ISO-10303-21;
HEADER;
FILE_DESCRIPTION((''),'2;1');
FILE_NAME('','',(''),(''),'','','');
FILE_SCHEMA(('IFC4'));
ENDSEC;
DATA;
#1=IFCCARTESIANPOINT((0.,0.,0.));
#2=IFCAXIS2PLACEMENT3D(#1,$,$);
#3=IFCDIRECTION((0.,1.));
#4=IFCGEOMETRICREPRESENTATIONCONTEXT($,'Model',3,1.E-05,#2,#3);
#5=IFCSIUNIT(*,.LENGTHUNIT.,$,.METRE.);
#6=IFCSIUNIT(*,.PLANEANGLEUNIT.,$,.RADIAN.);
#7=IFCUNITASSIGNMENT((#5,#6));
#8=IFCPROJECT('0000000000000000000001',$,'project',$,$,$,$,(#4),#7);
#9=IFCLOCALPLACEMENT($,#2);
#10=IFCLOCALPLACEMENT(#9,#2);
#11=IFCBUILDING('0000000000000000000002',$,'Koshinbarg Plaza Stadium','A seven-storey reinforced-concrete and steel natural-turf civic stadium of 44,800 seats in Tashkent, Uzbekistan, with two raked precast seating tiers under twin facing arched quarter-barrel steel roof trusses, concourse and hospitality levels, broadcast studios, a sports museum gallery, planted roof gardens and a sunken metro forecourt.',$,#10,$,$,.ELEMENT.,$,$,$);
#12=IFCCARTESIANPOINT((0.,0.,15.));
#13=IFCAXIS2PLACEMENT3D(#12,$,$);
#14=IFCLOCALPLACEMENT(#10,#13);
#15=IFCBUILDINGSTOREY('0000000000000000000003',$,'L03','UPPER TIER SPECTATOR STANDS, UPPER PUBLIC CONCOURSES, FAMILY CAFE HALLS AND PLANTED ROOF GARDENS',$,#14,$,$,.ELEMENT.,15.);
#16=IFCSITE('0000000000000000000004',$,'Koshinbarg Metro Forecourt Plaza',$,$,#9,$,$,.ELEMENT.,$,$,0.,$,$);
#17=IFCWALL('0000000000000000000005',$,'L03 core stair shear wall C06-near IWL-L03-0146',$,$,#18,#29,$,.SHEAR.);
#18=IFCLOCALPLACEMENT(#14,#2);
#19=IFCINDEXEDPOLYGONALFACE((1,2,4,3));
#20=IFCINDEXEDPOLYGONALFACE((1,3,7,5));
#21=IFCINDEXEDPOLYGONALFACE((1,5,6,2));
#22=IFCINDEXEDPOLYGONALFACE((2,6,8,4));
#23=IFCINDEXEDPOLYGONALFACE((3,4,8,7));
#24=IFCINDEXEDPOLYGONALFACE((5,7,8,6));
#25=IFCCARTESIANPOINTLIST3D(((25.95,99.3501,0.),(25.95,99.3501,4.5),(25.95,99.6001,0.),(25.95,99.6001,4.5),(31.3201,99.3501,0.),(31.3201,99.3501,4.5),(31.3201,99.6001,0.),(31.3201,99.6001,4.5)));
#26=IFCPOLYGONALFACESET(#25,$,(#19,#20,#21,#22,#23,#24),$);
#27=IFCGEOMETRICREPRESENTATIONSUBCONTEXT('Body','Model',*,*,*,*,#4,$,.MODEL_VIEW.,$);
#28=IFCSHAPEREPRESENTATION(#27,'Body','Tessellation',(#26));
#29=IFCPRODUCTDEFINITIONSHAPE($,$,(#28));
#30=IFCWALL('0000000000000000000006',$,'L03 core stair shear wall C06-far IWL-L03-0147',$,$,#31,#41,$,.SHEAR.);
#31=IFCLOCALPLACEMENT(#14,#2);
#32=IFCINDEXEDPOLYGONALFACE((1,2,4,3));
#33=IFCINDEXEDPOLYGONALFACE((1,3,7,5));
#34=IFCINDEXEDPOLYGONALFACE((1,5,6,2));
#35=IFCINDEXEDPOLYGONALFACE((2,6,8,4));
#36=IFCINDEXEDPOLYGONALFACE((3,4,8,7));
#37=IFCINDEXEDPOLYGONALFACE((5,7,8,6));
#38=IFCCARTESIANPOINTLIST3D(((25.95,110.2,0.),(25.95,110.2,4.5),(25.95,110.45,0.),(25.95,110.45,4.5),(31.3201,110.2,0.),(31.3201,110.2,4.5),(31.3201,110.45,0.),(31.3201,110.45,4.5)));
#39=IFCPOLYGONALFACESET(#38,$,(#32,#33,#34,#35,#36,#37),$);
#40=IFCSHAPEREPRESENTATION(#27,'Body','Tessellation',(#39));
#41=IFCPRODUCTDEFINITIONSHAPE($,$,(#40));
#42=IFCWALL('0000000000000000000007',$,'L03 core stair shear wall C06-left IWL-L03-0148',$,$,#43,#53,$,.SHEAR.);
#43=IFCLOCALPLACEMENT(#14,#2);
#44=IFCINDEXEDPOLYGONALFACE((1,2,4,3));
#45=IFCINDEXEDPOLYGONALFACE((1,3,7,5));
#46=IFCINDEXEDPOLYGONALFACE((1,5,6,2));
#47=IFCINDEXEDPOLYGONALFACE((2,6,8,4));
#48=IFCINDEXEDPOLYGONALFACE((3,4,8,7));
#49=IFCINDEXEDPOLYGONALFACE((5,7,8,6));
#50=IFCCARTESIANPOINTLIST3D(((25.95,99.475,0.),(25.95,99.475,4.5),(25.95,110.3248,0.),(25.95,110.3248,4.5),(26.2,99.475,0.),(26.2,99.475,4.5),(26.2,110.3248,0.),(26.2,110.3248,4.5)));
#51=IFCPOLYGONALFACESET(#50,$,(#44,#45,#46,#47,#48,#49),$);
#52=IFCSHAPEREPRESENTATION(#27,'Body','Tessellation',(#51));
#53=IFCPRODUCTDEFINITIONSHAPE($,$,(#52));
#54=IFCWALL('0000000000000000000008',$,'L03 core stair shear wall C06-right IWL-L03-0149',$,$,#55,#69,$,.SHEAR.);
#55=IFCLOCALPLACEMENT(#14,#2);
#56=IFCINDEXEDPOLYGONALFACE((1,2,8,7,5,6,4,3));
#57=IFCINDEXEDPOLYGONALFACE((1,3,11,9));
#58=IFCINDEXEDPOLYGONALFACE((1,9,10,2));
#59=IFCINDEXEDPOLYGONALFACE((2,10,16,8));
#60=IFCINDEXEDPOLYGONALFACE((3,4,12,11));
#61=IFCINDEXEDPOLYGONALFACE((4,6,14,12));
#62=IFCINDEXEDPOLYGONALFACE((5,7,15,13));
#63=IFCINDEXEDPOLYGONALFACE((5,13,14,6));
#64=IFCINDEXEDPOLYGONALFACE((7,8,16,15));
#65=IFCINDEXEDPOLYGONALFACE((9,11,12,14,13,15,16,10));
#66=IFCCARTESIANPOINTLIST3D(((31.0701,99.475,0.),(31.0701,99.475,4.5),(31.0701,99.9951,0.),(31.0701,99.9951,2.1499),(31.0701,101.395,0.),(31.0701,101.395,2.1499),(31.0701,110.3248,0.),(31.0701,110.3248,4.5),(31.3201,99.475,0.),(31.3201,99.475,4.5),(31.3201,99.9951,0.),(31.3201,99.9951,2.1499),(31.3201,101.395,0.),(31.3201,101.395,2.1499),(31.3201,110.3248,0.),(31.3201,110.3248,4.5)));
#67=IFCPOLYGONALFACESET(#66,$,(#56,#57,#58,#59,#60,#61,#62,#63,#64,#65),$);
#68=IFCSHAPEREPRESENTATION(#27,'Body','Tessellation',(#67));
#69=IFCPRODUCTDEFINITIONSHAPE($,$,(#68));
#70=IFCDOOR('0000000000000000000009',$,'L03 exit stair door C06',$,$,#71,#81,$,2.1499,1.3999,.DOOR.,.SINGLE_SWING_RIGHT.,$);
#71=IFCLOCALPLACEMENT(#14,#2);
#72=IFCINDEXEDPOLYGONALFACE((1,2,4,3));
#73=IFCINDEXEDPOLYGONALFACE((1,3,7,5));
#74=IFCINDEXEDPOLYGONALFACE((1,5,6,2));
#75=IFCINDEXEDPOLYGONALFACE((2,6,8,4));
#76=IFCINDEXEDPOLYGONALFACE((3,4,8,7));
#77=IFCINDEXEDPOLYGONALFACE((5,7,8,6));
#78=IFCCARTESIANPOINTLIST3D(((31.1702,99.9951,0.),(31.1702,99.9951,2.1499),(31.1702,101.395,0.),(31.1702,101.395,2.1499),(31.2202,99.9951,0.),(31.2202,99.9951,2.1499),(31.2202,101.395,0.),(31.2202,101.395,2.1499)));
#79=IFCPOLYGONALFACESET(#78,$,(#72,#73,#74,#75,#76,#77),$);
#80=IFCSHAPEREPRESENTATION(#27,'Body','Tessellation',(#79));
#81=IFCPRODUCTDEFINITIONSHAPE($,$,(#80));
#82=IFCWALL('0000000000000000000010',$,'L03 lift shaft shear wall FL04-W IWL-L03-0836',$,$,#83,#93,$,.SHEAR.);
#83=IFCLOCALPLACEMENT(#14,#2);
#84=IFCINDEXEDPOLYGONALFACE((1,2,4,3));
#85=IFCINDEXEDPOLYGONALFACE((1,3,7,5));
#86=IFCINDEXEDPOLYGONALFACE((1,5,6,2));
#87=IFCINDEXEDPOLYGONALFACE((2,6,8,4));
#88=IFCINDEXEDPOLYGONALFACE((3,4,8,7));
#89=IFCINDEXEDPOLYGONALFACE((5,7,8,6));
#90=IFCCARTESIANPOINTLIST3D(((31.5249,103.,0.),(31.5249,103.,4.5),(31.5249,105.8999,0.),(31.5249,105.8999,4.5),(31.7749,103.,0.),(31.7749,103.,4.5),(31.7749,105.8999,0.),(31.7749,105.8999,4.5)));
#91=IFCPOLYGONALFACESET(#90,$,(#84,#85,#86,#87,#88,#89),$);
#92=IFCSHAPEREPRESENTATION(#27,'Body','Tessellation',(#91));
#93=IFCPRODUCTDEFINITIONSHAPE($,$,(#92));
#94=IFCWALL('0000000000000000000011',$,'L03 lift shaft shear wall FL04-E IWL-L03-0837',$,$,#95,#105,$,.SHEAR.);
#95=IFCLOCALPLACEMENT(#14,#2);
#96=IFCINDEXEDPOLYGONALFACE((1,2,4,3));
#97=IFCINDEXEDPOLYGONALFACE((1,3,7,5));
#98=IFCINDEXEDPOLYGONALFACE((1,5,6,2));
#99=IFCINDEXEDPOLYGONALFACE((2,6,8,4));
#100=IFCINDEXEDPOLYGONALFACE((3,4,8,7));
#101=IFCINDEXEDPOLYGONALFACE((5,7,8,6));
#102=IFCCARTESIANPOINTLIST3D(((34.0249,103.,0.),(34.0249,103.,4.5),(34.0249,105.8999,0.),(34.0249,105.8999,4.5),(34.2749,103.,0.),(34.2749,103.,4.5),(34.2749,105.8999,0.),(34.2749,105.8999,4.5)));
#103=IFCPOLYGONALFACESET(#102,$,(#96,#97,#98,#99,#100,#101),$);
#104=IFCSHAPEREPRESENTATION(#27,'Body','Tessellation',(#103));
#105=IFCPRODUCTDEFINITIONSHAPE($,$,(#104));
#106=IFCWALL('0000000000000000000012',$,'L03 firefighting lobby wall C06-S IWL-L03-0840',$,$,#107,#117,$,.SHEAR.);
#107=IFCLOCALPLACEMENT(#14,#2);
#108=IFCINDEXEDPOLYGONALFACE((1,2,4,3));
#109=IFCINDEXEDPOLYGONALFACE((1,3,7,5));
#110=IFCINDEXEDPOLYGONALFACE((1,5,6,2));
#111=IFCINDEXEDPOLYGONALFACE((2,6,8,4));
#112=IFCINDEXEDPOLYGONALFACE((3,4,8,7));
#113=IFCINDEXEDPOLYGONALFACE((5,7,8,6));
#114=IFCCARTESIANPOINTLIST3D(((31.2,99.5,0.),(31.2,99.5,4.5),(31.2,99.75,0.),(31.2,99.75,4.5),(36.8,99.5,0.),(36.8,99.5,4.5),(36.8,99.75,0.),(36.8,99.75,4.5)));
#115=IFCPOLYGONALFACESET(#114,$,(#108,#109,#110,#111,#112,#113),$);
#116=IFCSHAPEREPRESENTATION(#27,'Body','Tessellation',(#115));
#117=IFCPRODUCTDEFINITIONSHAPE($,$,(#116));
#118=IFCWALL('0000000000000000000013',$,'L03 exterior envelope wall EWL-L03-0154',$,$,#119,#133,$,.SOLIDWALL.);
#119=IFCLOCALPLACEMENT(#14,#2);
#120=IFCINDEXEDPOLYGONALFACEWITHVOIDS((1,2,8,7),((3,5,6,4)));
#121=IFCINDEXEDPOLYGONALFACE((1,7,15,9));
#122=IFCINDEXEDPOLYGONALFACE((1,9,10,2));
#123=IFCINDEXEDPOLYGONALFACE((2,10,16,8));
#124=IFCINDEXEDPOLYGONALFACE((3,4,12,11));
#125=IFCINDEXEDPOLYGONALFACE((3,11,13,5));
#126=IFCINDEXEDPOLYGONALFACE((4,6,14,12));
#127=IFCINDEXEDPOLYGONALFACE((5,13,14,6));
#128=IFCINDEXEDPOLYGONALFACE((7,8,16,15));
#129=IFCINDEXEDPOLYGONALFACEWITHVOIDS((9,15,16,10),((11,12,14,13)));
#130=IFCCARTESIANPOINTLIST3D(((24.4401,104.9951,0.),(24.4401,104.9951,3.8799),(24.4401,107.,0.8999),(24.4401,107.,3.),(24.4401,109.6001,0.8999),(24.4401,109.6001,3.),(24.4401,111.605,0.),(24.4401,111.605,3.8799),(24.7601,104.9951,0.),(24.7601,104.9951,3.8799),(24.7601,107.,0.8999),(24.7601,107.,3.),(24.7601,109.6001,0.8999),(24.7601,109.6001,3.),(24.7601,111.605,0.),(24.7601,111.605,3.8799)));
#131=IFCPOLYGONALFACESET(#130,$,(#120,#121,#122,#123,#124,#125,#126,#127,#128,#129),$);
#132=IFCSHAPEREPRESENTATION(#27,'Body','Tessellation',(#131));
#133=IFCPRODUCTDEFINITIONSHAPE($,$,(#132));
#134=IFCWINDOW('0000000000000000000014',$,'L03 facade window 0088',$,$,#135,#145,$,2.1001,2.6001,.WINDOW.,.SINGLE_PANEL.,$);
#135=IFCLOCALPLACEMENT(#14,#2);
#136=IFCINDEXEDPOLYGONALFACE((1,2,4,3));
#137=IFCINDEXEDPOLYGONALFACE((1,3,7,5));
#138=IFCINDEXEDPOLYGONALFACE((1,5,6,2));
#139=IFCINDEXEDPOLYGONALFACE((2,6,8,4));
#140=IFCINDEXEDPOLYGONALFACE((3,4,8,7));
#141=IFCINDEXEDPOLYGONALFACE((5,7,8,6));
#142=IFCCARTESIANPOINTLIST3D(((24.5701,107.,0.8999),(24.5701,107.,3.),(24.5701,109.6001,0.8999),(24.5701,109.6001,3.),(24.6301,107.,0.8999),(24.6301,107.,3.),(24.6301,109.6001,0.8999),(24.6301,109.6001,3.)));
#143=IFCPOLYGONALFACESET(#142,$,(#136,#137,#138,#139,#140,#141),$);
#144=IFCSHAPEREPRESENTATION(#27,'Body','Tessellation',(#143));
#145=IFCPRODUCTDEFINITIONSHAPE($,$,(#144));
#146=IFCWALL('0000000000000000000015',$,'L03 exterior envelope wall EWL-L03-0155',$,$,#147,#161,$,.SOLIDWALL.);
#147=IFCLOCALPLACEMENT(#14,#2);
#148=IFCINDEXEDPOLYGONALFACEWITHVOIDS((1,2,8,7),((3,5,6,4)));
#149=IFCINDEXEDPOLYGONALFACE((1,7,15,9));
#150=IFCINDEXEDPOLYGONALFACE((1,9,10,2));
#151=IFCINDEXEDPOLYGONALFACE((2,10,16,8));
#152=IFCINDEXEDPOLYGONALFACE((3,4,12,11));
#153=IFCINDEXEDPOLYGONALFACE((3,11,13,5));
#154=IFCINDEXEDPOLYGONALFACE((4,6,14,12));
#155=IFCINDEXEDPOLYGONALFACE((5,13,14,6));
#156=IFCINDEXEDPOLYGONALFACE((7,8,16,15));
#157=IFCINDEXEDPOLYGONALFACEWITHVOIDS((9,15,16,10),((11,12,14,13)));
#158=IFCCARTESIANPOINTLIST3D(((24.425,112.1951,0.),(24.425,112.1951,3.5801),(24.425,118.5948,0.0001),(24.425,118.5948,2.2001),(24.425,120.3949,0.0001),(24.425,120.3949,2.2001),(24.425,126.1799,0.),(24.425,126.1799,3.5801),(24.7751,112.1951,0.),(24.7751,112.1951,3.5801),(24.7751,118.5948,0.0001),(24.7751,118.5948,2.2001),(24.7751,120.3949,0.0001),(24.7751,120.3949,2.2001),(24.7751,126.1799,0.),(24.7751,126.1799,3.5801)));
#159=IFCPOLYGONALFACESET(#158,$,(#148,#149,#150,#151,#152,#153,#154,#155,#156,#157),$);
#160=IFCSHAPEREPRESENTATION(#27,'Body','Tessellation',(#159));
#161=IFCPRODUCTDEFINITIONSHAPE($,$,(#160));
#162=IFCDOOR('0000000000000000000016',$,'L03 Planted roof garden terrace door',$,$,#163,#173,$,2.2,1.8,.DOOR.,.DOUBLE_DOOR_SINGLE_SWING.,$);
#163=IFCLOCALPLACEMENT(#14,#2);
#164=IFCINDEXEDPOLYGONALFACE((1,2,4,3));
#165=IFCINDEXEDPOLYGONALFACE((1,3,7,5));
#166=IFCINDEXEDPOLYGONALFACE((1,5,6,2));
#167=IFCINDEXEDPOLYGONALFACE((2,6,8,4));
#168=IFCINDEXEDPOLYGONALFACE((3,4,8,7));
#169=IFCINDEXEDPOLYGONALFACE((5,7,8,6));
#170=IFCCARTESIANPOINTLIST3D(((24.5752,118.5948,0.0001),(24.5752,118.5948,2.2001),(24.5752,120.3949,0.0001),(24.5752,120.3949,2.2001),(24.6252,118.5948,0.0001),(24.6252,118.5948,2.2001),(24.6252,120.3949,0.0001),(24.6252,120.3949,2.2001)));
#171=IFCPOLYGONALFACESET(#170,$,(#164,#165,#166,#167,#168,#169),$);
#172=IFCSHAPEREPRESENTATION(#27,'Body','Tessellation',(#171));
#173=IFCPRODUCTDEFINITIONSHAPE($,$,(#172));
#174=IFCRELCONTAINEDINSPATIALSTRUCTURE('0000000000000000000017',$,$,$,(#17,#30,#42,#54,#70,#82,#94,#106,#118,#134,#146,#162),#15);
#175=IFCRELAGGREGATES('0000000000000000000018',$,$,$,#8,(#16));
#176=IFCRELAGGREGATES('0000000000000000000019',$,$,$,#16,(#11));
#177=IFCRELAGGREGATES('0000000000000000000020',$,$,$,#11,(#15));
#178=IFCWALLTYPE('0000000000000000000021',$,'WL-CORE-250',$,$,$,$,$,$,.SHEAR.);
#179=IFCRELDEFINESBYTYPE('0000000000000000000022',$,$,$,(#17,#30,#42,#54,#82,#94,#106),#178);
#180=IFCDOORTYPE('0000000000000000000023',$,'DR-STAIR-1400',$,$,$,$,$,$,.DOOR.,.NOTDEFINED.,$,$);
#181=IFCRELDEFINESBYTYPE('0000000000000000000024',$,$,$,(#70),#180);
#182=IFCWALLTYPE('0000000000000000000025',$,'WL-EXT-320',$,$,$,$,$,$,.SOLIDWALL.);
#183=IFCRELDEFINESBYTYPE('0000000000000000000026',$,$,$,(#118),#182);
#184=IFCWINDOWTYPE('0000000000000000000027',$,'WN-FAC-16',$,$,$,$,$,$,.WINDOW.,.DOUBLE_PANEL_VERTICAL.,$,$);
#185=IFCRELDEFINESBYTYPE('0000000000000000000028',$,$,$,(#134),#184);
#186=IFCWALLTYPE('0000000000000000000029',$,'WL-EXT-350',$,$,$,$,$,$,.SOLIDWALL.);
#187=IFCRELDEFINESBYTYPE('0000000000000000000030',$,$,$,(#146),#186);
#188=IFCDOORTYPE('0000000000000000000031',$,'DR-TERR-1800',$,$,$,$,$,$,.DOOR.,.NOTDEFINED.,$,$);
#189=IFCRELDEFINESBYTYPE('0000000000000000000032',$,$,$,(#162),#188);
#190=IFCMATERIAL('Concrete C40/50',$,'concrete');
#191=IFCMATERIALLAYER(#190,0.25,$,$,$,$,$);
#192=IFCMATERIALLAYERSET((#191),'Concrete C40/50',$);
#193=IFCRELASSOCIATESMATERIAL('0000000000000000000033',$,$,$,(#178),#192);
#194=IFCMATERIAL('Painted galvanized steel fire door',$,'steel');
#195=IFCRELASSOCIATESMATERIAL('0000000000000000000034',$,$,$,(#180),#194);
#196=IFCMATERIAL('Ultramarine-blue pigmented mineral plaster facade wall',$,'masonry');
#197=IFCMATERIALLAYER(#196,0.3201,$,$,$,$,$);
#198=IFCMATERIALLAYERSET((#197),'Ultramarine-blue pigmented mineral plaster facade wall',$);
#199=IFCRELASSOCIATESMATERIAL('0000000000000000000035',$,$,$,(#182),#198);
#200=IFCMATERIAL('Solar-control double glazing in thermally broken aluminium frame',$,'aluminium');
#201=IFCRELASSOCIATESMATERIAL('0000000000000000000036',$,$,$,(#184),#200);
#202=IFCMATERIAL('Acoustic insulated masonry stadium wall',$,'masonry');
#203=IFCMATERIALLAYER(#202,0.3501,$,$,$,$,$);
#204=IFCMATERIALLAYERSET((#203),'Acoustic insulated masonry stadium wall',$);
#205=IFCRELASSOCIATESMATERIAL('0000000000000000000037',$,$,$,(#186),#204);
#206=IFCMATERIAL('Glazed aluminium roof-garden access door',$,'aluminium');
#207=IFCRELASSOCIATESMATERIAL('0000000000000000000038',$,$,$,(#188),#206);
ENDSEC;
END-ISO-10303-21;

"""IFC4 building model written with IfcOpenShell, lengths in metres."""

from ifc_helpers import new_model, si_unit, direction, frame, frame_2d, origin, place, context, subcontext, project, spatial, rectangle, extrude, material, layer, layer_set, type_object, element, fill, save


model = new_model("IFC4")

# Units and contexts
model_context = context("Model", 3, precision=1e-05, world=origin(), true_north=direction((0.0, 1.0)))
body_context = subcontext(model_context, "Body", "Model", "MODEL_VIEW")
ifc_project = project(units=[si_unit("LENGTHUNIT", "METRE"), si_unit("PLANEANGLEUNIT", "RADIAN")], contexts=[model_context])

# Site, building, storey
site_placement = place(None, origin())
site = spatial("IfcSite", under=ifc_project, at=site_placement, Name="Koshinbarg Metro Forecourt Plaza", CompositionType="ELEMENT", RefElevation=0.0)
building_placement = place(site_placement, origin())
building = spatial("IfcBuilding", under=site, at=building_placement, Name="Koshinbarg Plaza Stadium", Description="A seven-storey reinforced-concrete and steel natural-turf civic stadium of 44,800 seats in Tashkent, Uzbekistan, with two raked precast seating tiers under twin facing arched quarter-barrel steel roof trusses, concourse and hospitality levels, broadcast studios, a sports museum gallery, planted roof gardens and a sunken metro forecourt.", CompositionType="ELEMENT")
storey_placement = place(building_placement, frame((0.0, 0.0, 15.0)))
storey = spatial("IfcBuildingStorey", under=building, at=storey_placement, Name="L03", Description="UPPER TIER SPECTATOR STANDS, UPPER PUBLIC CONCOURSES, FAMILY CAFE HALLS AND PLANTED ROOF GARDENS", CompositionType="ELEMENT", Elevation=15.0)

# Shared definitions
ifc_material_1 = material(Name="Concrete C40/50", Category="concrete")

# Walls
ifc_layer_1 = layer(ifc_material_1, 0.25)
ifc_layer_set_1 = layer_set([ifc_layer_1], Name="Concrete C40/50")
wall_type_1 = type_object("IfcWallType", Name="WL-CORE-250", PredefinedType="SHEAR", material=ifc_layer_set_1)
for number, where, z_axis, x_axis, name in (
    (1, (25.95, 99.4751, 0.0), (0.0, 0.0, 1.0), (1.0, 0.0, 0.0), "L03 core stair shear wall C06-near IWL-L03-0146"),
    (2, (31.3201, 110.325, 0.0), (0.0, 0.0, 1.0), (-1.0, 0.0, 0.0), "L03 core stair shear wall C06-far IWL-L03-0147"),
):
    element("IfcWall", number, at=place(storey_placement, frame(where, z_axis=z_axis, x_axis=x_axis)), inside=storey, type_object=wall_type_1, Name=name, PredefinedType="SHEAR", context=body_context, shape_type="SweptSolid", body=[
        extrude(rectangle(XDim=5.3701, YDim=0.25, at=frame_2d((2.6851, 0.0))), origin(), (0.0, 0.0, 1.0), 4.5),
    ])
wall_1_placement = place(storey_placement, frame((26.075, 99.4751, 0.0), z_axis=(0.0, 0.0, 1.0), x_axis=(0.0, 1.0, 0.0)))
element("IfcWall", 3, at=wall_1_placement, inside=storey, type_object=wall_type_1, Name="L03 core stair shear wall C06-left IWL-L03-0148", PredefinedType="SHEAR", context=body_context, shape_type="SweptSolid", body=[
    extrude(rectangle(XDim=10.8499, YDim=0.25, at=frame_2d((5.4248, 0.0))), origin(), (0.0, 0.0, 1.0), 4.5),
])

# Wall, opening, door
wall_2_placement = place(storey_placement, frame((31.1951, 99.4751, 0.0), z_axis=(0.0, 0.0, 1.0), x_axis=(0.0, 1.0, 0.0)))
wall_2 = element("IfcWall", 4, at=wall_2_placement, inside=storey, type_object=wall_type_1, Name="L03 core stair shear wall C06-right IWL-L03-0149", PredefinedType="SHEAR", context=body_context, shape_type="SweptSolid", body=[
    extrude(rectangle(XDim=10.8499, YDim=0.25, at=frame_2d((5.4248, 0.0))), origin(), (0.0, 0.0, 1.0), 4.5),
])
opening_1_placement = place(wall_2_placement, frame((0.52, 0.0, 0.0)))
opening_1 = element("IfcOpeningElement", 5, at=opening_1_placement, cuts=wall_2, PredefinedType="OPENING", context=body_context, shape_type="SweptSolid", body=[
    extrude(rectangle(XDim=1.3999, YDim=2.1499, at=frame_2d((0.7, 1.075))), frame((0.0, 0.135, 0.0), z_axis=(0.0, -1.0, 0.0), x_axis=(1.0, 0.0, 0.0)), (0.0, 0.0, 1.0), 0.27),
])
ifc_material_2 = material(Name="Painted galvanized steel fire door", Category="steel")
door_type_1 = type_object("IfcDoorType", Name="DR-STAIR-1400", OperationType="NOTDEFINED", PredefinedType="DOOR", material=ifc_material_2)
door_1_placement = place(opening_1_placement, origin())
door_1 = element("IfcDoor", 6, at=door_1_placement, inside=storey, type_object=door_type_1, Name="L03 exit stair door C06", OperationType="SINGLE_SWING_RIGHT", OverallHeight=2.1499, OverallWidth=1.3999, PredefinedType="DOOR", context=body_context, shape_type="SweptSolid", body=[
    extrude(rectangle(XDim=1.3999, YDim=2.1499, at=frame_2d((0.7, 1.075))), frame((0.0, 0.0249, 0.0), z_axis=(0.0, -1.0, 0.0), x_axis=(1.0, 0.0, 0.0)), (0.0, 0.0, 1.0), 0.05),
])
fill(opening_1, door_1)

# Walls
for number, where, z_axis, x_axis, name in (
    (7, (31.6499, 105.8999, 0.0), (0.0, 0.0, 1.0), (0.0, -1.0, 0.0), "L03 lift shaft shear wall FL04-W IWL-L03-0836"),
    (8, (34.1499, 103.0, 0.0), (0.0, 0.0, 1.0), (0.0, 1.0, 0.0), "L03 lift shaft shear wall FL04-E IWL-L03-0837"),
):
    element("IfcWall", number, at=place(storey_placement, frame(where, z_axis=z_axis, x_axis=x_axis)), inside=storey, type_object=wall_type_1, Name=name, PredefinedType="SHEAR", context=body_context, shape_type="SweptSolid", body=[
        extrude(rectangle(XDim=2.8999, YDim=0.25, at=frame_2d((1.45, 0.0))), origin(), (0.0, 0.0, 1.0), 4.5),
    ])
wall_3_placement = place(storey_placement, frame((31.2, 99.625, 0.0), z_axis=(0.0, 0.0, 1.0), x_axis=(1.0, 0.0, 0.0)))
element("IfcWall", 9, at=wall_3_placement, inside=storey, type_object=wall_type_1, Name="L03 firefighting lobby wall C06-S IWL-L03-0840", PredefinedType="SHEAR", context=body_context, shape_type="SweptSolid", body=[
    extrude(rectangle(XDim=5.6001, YDim=0.25, at=frame_2d((2.8, 0.0))), origin(), (0.0, 0.0, 1.0), 4.5),
])

# Wall, opening, window
ifc_material_3 = material(Name="Ultramarine-blue pigmented mineral plaster facade wall", Category="masonry")
ifc_layer_2 = layer(ifc_material_3, 0.3201)
ifc_layer_set_2 = layer_set([ifc_layer_2], Name="Ultramarine-blue pigmented mineral plaster facade wall")
wall_type_2 = type_object("IfcWallType", Name="WL-EXT-320", PredefinedType="SOLIDWALL", material=ifc_layer_set_2)
wall_4_placement = place(storey_placement, frame((24.6001, 104.9951, 0.0), z_axis=(0.0, 0.0, 1.0), x_axis=(0.0, 1.0, 0.0)))
wall_4 = element("IfcWall", 10, at=wall_4_placement, inside=storey, type_object=wall_type_2, Name="L03 exterior envelope wall EWL-L03-0154", PredefinedType="SOLIDWALL", context=body_context, shape_type="SweptSolid", body=[
    extrude(rectangle(XDim=6.6099, YDim=0.3201, at=frame_2d((3.3049, 0.0))), origin(), (0.0, 0.0, 1.0), 3.8799),
])
opening_2_placement = place(wall_4_placement, frame((2.0049, 0.0, 0.8999)))
opening_2 = element("IfcOpeningElement", 11, at=opening_2_placement, cuts=wall_4, PredefinedType="OPENING", context=body_context, shape_type="SweptSolid", body=[
    extrude(rectangle(XDim=2.6001, YDim=2.1001, at=frame_2d((1.3, 1.05))), frame((0.0, 0.1699, 0.0), z_axis=(0.0, -1.0, 0.0), x_axis=(1.0, 0.0, 0.0)), (0.0, 0.0, 1.0), 0.3401),
])
ifc_material_4 = material(Name="Solar-control double glazing in thermally broken aluminium frame", Category="aluminium")
window_type = type_object("IfcWindowType", Name="WN-FAC-16", PartitioningType="DOUBLE_PANEL_VERTICAL", PredefinedType="WINDOW", material=ifc_material_4)
window_placement = place(opening_2_placement, origin())
window = element("IfcWindow", 12, at=window_placement, inside=storey, type_object=window_type, Name="L03 facade window 0088", OverallHeight=2.1001, OverallWidth=2.6001, PartitioningType="SINGLE_PANEL", PredefinedType="WINDOW", context=body_context, shape_type="SweptSolid", body=[
    extrude(rectangle(XDim=2.6001, YDim=2.1001, at=frame_2d((1.3, 1.05))), frame((0.0, 0.03, 0.0), z_axis=(0.0, -1.0, 0.0), x_axis=(1.0, 0.0, 0.0)), (0.0, 0.0, 1.0), 0.0601),
])
fill(opening_2, window)

# Wall, opening, door
ifc_material_5 = material(Name="Acoustic insulated masonry stadium wall", Category="masonry")
ifc_layer_3 = layer(ifc_material_5, 0.3501)
ifc_layer_set_3 = layer_set([ifc_layer_3], Name="Acoustic insulated masonry stadium wall")
wall_type_3 = type_object("IfcWallType", Name="WL-EXT-350", PredefinedType="SOLIDWALL", material=ifc_layer_set_3)
wall_5_placement = place(storey_placement, frame((24.6001, 112.1951, 0.0), z_axis=(0.0, 0.0, 1.0), x_axis=(0.0, 1.0, 0.0)))
wall_5 = element("IfcWall", 13, at=wall_5_placement, inside=storey, type_object=wall_type_3, Name="L03 exterior envelope wall EWL-L03-0155", PredefinedType="SOLIDWALL", context=body_context, shape_type="SweptSolid", body=[
    extrude(rectangle(XDim=13.9849, YDim=0.3501, at=frame_2d((6.9924, 0.0))), origin(), (0.0, 0.0, 1.0), 3.5801),
])
opening_3_placement = place(wall_5_placement, frame((6.3999, 0.0, 0.0)))
opening_3 = element("IfcOpeningElement", 14, at=opening_3_placement, cuts=wall_5, PredefinedType="OPENING", context=body_context, shape_type="SweptSolid", body=[
    extrude(rectangle(XDim=1.8, YDim=2.2, at=frame_2d((0.8999, 1.1001))), frame((0.0, 0.1851, 0.0), z_axis=(0.0, -1.0, 0.0), x_axis=(1.0, 0.0, 0.0)), (0.0, 0.0, 1.0), 0.3701),
])
ifc_material_6 = material(Name="Glazed aluminium roof-garden access door", Category="aluminium")
door_type_2 = type_object("IfcDoorType", Name="DR-TERR-1800", OperationType="NOTDEFINED", PredefinedType="DOOR", material=ifc_material_6)
door_2_placement = place(opening_3_placement, origin())
door_2 = element("IfcDoor", 15, at=door_2_placement, inside=storey, type_object=door_type_2, Name="L03 Planted roof garden terrace door", OperationType="DOUBLE_DOOR_SINGLE_SWING", OverallHeight=2.2, OverallWidth=1.8, PredefinedType="DOOR", context=body_context, shape_type="SweptSolid", body=[
    extrude(rectangle(XDim=1.8, YDim=2.2, at=frame_2d((0.8999, 1.1001))), frame((0.0, 0.0249, 0.0), z_axis=(0.0, -1.0, 0.0), x_axis=(1.0, 0.0, 0.0)), (0.0, 0.0, 1.0), 0.05),
])
fill(opening_3, door_2)

save(model, "model.ifc")
